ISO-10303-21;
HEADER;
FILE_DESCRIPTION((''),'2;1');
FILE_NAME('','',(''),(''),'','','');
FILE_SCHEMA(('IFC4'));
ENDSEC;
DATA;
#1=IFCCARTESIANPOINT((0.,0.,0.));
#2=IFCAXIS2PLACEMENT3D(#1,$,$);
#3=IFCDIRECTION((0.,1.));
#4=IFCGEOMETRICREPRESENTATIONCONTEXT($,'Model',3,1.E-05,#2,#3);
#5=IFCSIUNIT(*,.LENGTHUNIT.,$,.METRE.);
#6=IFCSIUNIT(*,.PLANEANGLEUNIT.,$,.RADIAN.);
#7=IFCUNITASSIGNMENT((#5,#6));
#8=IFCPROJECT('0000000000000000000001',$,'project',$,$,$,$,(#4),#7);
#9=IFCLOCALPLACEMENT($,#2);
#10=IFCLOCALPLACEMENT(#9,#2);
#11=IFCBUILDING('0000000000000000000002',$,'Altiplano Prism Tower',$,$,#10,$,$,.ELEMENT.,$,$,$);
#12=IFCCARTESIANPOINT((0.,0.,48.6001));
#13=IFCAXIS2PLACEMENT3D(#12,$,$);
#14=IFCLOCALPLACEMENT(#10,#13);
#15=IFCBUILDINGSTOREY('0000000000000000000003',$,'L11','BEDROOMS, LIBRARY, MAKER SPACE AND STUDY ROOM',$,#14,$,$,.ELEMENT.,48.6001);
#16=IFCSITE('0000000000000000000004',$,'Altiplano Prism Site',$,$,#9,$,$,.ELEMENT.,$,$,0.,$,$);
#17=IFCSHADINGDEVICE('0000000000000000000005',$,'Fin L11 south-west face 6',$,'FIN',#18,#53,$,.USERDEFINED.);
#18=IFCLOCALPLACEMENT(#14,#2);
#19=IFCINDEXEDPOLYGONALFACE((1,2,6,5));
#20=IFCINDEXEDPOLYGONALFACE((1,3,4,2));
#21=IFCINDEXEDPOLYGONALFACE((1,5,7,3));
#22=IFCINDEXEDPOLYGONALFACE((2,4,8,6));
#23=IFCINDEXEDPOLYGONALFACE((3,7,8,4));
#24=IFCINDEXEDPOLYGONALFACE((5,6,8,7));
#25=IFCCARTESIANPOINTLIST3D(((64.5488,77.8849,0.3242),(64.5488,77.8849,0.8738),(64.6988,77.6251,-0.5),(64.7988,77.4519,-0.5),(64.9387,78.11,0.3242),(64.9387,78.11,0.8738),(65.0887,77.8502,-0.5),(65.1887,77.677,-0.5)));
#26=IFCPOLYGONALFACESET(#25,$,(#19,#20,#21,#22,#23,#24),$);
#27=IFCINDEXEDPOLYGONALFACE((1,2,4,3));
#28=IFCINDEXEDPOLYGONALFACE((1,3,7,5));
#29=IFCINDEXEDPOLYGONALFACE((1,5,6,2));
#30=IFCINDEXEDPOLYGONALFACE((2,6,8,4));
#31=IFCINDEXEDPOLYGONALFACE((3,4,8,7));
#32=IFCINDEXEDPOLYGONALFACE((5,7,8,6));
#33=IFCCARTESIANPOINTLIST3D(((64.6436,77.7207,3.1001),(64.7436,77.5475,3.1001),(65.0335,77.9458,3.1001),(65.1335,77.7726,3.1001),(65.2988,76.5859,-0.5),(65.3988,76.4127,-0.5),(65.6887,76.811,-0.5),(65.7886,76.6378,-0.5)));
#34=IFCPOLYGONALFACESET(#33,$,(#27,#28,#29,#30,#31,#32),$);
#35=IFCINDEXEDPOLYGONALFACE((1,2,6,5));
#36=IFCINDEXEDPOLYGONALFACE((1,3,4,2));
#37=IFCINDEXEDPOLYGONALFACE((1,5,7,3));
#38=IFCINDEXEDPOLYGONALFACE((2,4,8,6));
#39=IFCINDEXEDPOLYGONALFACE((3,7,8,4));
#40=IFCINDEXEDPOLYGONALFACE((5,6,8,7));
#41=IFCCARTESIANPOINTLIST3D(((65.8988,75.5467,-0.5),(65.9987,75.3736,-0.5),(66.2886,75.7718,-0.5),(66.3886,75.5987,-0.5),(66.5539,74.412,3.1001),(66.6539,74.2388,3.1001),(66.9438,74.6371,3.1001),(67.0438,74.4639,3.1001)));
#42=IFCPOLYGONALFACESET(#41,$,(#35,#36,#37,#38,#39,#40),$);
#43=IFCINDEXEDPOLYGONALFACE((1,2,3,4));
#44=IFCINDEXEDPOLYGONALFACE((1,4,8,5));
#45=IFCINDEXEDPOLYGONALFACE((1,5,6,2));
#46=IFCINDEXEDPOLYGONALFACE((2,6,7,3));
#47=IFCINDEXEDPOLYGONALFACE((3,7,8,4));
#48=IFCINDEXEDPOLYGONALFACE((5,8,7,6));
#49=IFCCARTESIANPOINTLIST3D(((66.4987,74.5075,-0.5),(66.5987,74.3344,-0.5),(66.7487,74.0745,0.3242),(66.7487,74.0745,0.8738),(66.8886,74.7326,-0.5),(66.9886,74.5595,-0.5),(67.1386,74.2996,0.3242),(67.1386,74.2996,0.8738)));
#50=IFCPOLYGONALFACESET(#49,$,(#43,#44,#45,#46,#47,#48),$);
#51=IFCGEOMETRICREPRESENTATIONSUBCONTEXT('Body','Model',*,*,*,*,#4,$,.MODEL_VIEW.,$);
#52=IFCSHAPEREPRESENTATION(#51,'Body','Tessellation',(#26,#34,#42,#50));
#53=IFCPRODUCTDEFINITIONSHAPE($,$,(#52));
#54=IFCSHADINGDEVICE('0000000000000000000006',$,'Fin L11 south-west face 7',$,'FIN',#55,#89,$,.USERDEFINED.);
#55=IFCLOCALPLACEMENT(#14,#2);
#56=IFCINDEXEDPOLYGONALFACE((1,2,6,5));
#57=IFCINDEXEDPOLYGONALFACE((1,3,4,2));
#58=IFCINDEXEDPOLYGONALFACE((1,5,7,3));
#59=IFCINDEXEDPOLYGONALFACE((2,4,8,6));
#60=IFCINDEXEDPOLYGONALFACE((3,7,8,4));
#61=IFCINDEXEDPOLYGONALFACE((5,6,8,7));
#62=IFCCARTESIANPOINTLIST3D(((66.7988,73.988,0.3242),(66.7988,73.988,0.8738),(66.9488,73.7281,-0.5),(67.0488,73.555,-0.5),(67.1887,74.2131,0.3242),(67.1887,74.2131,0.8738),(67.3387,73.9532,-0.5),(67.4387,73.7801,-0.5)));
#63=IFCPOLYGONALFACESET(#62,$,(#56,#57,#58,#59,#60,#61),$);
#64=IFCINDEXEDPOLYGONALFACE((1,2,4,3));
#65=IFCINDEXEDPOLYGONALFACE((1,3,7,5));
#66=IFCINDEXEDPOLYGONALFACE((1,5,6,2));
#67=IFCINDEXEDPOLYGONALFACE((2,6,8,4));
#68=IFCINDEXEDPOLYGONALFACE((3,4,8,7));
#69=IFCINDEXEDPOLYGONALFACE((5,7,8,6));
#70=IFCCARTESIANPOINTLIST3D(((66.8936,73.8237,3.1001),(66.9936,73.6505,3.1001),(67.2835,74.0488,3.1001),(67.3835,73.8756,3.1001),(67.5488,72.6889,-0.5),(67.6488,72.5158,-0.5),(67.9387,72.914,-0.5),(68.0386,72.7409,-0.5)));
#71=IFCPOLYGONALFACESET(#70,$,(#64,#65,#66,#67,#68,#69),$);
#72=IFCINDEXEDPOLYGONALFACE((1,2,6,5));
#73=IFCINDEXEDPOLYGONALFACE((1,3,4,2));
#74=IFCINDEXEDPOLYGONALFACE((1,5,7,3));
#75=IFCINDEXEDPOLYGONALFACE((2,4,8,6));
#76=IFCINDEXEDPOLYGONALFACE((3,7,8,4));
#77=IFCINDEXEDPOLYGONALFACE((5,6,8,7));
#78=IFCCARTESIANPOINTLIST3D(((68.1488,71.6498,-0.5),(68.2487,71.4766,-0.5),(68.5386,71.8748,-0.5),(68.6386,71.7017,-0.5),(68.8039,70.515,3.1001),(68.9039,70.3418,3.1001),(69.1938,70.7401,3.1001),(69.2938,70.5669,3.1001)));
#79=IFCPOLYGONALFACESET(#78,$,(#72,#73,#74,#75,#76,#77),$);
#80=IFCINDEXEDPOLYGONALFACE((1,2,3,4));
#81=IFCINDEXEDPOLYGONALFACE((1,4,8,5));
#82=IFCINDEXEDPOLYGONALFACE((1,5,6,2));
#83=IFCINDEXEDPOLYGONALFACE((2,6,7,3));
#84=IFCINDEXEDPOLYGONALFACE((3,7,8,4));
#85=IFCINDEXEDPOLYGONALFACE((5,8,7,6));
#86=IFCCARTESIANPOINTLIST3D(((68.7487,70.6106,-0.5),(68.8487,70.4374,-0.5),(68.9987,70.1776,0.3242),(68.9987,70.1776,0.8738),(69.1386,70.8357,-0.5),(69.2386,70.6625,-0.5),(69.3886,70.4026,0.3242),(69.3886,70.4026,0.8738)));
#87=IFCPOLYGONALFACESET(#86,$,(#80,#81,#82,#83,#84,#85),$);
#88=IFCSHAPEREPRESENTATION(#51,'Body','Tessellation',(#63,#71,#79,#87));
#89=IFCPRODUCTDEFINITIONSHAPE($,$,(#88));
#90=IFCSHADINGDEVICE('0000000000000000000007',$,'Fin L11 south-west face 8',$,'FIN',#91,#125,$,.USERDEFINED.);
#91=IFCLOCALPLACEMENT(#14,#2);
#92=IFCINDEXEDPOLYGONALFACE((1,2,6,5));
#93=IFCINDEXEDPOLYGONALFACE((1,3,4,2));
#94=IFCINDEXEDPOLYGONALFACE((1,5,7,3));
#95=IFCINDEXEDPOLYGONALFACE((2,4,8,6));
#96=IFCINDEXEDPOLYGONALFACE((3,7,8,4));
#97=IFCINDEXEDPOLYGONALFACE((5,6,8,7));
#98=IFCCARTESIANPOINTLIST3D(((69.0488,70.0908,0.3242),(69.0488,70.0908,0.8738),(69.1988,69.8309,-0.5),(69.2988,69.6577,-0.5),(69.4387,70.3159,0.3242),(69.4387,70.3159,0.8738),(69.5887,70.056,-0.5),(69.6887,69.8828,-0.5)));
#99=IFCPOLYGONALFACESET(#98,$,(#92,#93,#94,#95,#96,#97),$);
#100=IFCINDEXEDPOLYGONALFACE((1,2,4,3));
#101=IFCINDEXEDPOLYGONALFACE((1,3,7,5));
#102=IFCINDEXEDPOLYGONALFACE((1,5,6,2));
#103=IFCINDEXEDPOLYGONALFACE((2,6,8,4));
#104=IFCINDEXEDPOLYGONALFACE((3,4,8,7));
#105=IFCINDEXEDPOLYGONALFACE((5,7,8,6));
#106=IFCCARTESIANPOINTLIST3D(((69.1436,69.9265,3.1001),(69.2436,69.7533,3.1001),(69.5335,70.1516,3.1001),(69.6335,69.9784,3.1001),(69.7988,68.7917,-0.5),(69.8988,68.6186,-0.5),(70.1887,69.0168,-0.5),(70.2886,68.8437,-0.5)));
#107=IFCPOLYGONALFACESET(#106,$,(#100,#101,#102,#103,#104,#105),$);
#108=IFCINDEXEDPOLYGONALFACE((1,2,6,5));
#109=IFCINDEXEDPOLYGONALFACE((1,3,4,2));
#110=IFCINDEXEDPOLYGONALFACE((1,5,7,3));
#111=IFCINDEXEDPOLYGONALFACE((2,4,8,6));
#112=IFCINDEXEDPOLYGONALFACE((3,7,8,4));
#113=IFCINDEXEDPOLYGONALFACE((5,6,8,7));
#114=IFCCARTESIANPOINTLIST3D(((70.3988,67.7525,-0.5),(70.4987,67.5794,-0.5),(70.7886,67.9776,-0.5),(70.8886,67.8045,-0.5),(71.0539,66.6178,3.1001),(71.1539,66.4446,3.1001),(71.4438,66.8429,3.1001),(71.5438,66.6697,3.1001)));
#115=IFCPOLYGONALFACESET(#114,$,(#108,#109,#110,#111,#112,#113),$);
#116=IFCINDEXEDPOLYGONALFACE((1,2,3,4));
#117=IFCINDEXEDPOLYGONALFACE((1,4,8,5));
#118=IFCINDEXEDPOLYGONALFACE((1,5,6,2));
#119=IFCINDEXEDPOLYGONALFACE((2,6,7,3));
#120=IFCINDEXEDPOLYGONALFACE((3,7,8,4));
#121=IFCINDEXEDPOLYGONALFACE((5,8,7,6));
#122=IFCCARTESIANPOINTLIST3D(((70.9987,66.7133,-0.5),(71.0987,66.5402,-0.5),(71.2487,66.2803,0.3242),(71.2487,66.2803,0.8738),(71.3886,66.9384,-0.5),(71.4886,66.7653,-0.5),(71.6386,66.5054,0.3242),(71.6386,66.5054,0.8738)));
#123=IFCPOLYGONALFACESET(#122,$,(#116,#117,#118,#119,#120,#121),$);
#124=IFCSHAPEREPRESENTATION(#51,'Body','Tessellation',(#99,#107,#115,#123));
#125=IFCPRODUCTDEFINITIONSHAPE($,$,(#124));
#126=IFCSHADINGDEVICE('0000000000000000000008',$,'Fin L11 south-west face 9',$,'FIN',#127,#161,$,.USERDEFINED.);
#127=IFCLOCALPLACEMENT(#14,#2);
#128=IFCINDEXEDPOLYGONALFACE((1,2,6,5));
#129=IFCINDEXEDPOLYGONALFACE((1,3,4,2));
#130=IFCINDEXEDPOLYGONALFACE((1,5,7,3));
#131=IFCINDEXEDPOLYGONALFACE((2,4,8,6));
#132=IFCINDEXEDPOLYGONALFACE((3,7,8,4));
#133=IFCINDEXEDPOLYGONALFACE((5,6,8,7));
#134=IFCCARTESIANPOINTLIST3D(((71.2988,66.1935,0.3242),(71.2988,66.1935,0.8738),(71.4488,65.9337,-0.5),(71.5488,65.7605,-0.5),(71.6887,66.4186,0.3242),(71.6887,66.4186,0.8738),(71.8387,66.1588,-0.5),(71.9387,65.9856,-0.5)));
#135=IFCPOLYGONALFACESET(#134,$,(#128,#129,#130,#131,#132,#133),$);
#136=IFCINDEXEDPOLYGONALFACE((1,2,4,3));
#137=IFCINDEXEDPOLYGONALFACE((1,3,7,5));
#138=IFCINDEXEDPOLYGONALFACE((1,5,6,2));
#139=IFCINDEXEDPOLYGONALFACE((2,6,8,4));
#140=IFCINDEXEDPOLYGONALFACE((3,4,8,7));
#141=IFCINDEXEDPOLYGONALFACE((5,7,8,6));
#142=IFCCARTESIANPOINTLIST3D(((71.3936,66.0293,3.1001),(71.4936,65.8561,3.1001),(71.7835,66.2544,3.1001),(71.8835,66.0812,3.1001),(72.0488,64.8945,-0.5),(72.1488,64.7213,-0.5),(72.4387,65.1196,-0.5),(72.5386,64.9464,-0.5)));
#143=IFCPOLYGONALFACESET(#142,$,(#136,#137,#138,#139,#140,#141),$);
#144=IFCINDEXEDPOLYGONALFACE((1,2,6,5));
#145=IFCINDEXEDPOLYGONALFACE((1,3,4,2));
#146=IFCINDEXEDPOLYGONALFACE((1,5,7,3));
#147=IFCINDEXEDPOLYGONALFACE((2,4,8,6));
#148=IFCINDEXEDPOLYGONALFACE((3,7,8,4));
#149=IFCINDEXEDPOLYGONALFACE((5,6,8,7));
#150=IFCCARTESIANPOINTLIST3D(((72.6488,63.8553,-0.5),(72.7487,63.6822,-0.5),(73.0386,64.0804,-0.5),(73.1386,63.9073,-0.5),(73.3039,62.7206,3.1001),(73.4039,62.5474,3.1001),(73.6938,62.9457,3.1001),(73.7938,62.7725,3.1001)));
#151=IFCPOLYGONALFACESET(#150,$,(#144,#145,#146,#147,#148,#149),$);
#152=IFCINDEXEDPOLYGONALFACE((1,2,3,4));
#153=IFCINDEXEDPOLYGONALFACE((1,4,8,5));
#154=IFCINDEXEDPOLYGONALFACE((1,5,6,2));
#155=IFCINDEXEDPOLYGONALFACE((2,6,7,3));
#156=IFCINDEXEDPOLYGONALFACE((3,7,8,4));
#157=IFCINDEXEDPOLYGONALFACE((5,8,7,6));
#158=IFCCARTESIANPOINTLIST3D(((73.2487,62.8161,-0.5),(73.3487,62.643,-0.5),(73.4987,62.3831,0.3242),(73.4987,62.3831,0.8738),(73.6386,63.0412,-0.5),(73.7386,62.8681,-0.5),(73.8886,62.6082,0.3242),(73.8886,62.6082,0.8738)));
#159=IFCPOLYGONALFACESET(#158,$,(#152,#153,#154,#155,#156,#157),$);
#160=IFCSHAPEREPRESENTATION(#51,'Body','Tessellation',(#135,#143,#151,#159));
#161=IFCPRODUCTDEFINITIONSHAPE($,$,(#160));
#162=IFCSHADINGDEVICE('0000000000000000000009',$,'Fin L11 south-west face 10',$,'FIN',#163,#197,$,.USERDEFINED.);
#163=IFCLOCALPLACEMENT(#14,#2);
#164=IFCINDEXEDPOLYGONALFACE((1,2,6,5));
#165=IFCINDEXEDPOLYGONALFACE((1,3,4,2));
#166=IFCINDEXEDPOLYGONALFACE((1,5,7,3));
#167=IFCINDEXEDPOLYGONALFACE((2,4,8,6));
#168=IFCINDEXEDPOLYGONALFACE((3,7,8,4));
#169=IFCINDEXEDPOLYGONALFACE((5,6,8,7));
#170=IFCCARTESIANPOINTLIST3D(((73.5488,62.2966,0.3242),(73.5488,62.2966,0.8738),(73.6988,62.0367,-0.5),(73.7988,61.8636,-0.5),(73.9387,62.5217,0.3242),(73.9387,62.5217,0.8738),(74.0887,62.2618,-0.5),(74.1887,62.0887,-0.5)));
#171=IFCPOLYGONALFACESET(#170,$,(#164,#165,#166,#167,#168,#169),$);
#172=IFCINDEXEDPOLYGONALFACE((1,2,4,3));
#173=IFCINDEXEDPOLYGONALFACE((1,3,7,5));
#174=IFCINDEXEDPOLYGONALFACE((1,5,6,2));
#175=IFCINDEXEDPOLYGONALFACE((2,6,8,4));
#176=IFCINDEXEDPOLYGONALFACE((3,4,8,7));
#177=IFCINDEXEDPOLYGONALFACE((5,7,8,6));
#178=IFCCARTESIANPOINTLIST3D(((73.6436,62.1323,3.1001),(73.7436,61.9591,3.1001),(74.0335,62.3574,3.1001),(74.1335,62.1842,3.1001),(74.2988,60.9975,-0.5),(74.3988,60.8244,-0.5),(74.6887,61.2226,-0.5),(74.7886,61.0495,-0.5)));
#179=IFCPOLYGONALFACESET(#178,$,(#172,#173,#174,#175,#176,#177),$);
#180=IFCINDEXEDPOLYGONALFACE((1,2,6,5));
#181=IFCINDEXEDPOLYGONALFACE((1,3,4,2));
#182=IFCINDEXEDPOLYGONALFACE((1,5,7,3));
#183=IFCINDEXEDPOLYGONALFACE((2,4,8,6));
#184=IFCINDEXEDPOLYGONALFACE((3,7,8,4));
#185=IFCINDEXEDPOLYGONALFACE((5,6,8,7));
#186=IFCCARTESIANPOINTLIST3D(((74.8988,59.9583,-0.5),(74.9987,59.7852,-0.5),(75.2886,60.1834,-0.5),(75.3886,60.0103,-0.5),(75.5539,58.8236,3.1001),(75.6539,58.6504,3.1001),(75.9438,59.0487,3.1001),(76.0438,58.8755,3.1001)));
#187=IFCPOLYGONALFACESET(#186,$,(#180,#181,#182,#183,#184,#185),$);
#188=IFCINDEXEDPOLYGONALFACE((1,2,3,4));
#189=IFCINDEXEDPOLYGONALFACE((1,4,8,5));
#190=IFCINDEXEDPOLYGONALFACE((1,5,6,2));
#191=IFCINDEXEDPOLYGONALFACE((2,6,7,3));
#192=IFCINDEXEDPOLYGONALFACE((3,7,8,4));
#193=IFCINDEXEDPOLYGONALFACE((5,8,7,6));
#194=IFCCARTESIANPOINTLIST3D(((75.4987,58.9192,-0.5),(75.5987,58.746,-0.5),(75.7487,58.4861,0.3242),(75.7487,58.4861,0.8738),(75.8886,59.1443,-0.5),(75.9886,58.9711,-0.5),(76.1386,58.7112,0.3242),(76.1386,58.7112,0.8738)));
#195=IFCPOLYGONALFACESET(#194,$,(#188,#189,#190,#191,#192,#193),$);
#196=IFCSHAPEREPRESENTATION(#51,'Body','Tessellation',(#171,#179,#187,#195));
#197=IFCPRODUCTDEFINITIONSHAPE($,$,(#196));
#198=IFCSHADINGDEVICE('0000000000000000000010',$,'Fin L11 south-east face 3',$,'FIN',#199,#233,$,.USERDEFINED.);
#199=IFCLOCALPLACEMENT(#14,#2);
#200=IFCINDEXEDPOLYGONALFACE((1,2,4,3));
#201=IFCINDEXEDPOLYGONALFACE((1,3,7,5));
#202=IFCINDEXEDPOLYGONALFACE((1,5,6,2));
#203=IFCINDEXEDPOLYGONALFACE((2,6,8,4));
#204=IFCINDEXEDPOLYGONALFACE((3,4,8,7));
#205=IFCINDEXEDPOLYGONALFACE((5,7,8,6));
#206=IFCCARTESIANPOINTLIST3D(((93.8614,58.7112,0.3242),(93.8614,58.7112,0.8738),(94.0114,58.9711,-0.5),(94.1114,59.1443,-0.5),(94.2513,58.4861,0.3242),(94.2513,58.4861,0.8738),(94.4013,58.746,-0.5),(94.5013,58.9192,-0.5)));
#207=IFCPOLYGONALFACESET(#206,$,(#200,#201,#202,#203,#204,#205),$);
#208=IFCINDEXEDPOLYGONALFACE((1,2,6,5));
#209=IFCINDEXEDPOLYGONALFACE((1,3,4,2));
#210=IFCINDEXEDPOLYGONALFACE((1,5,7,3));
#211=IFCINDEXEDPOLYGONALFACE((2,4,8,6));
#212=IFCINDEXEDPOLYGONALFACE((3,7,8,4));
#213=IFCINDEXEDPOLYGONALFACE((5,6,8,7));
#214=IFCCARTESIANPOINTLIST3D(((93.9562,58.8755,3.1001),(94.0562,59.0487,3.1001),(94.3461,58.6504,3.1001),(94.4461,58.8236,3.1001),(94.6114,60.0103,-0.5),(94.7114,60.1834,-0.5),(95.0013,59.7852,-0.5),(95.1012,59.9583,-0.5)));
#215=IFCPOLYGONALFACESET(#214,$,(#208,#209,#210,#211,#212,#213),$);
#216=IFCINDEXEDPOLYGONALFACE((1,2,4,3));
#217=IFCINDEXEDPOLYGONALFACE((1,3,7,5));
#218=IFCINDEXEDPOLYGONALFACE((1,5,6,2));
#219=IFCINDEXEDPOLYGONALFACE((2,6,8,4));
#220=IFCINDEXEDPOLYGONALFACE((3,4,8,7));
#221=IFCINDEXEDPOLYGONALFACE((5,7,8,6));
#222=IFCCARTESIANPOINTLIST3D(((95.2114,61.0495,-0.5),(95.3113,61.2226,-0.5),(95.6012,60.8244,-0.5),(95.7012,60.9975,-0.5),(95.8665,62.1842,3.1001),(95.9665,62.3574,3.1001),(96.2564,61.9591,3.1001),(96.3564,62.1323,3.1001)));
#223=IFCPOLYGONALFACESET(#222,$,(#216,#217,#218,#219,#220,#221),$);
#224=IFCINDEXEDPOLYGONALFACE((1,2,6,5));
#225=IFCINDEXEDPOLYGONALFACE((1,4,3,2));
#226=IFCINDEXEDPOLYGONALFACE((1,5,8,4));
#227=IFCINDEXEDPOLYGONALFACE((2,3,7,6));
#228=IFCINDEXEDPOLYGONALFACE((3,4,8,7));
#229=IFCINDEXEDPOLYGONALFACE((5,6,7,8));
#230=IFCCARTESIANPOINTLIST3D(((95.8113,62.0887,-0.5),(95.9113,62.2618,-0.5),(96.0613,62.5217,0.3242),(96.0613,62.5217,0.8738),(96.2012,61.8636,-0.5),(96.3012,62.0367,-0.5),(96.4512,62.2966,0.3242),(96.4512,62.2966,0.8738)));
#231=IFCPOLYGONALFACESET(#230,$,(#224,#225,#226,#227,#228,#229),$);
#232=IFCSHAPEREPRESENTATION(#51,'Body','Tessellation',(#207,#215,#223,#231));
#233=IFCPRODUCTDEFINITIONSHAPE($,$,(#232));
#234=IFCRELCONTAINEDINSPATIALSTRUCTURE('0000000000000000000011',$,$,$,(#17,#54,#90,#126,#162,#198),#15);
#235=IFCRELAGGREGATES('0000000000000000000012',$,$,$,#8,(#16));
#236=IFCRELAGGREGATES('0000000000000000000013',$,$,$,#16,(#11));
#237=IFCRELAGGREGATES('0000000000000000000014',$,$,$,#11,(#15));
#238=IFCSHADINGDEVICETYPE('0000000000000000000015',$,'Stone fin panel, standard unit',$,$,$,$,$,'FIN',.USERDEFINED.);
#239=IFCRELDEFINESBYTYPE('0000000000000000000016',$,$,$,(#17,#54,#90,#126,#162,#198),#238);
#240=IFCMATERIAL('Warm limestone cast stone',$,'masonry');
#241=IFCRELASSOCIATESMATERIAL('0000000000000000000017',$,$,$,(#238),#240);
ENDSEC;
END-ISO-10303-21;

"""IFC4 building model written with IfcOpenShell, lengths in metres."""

from ifc_helpers import new_model, si_unit, direction, frame, origin, place, context, subcontext, project, spatial, polyline, outline, extrude, source, transform, mapped, material, type_object, element, save


model = new_model("IFC4")

# Units and contexts
model_context = context("Model", 3, precision=1e-05, world=origin(), true_north=direction((0.0, 1.0)))
body_context = subcontext(model_context, "Body", "Model", "MODEL_VIEW")
ifc_project = project(units=[si_unit("LENGTHUNIT", "METRE"), si_unit("PLANEANGLEUNIT", "RADIAN")], contexts=[model_context])

# Site, building, storey
site_placement = place(None, origin())
site = spatial("IfcSite", under=ifc_project, at=site_placement, Name="Altiplano Prism Site", CompositionType="ELEMENT", RefElevation=0.0)
building_placement = place(site_placement, origin())
building = spatial("IfcBuilding", under=site, at=building_placement, Name="Altiplano Prism Tower", CompositionType="ELEMENT")
storey_placement = place(building_placement, frame((0.0, 0.0, 48.6001)))
storey = spatial("IfcBuildingStorey", under=building, at=storey_placement, Name="L11", Description="BEDROOMS, LIBRARY, MAKER SPACE AND STUDY ROOM", CompositionType="ELEMENT", Elevation=48.6001)

# Shading devices
ifc_material_1 = material(Name="Warm limestone cast stone", Category="masonry")
shading_device_type_1 = type_object("IfcShadingDeviceType", Name="Stone fin panel, standard unit", ElementType="FIN", PredefinedType="USERDEFINED", material=ifc_material_1)
shared_shape_1 = source(origin(), body_context, "Body", "SweptSolid", [
    extrude(outline(polyline([(-2.2, 1.3738), (-2.2, 0.8242), (-1.8999, 0.0), (-1.7, 0.0), (-2.2, 1.3738)])), frame((0.0, -0.1499, 0.0), z_axis=(0.0, -1.0, 0.0), x_axis=(1.0, 0.0, 0.0)), (0.0, 0.0, 1.0), 0.4502),
    extrude(outline(polyline([(-2.0103, 3.6001), (-0.7, 0.0), (-0.5, 0.0), (-1.8103, 3.6001), (-2.0103, 3.6001)])), frame((0.0, -0.1499, 0.0), z_axis=(0.0, -1.0, 0.0), x_axis=(1.0, 0.0, 0.0)), (0.0, 0.0, 1.0), 0.4502),
    extrude(outline(polyline([(1.8103, 3.6001), (0.5, 0.0), (0.7, 0.0), (2.0103, 3.6001), (1.8103, 3.6001)])), frame((0.0, -0.1499, 0.0), z_axis=(0.0, -1.0, 0.0), x_axis=(1.0, 0.0, 0.0)), (0.0, 0.0, 1.0), 0.4502),
    extrude(outline(polyline([(2.2, 0.8242), (2.2, 1.3738), (1.7, 0.0), (1.8999, 0.0), (2.2, 0.8242)])), frame((0.0, -0.1499, 0.0), z_axis=(0.0, -1.0, 0.0), x_axis=(1.0, 0.0, 0.0)), (0.0, 0.0, 1.0), 0.4502),
])
shading_device_1_placement = place(storey_placement, origin())
element("IfcShadingDevice", 1, at=shading_device_1_placement, inside=storey, type_object=shading_device_type_1, Name="Fin L11 south-west face 6", ObjectType="FIN", PredefinedType="USERDEFINED", context=body_context, shape_type="MappedRepresentation", body=[
    mapped(shared_shape_1, transform((66.1685, 76.2798, -0.5), x_axis=(0.5, -0.866025, 0.0), y_axis=(0.866025, 0.5, 0.0), z_axis=(0.0, 0.0, 1.0))),
])
shading_device_2_placement = place(storey_placement, origin())
element("IfcShadingDevice", 2, at=shading_device_2_placement, inside=storey, type_object=shading_device_type_1, Name="Fin L11 south-west face 7", ObjectType="FIN", PredefinedType="USERDEFINED", context=body_context, shape_type="MappedRepresentation", body=[
    mapped(shared_shape_1, transform((68.4185, 72.3828, -0.5), x_axis=(0.5, -0.866025, 0.0), y_axis=(0.866025, 0.5, 0.0), z_axis=(0.0, 0.0, 1.0))),
])
shading_device_3_placement = place(storey_placement, origin())
element("IfcShadingDevice", 3, at=shading_device_3_placement, inside=storey, type_object=shading_device_type_1, Name="Fin L11 south-west face 8", ObjectType="FIN", PredefinedType="USERDEFINED", context=body_context, shape_type="MappedRepresentation", body=[
    mapped(shared_shape_1, transform((70.6685, 68.4856, -0.5), x_axis=(0.5, -0.866025, 0.0), y_axis=(0.866025, 0.5, 0.0), z_axis=(0.0, 0.0, 1.0))),
])
shading_device_4_placement = place(storey_placement, origin())
element("IfcShadingDevice", 4, at=shading_device_4_placement, inside=storey, type_object=shading_device_type_1, Name="Fin L11 south-west face 9", ObjectType="FIN", PredefinedType="USERDEFINED", context=body_context, shape_type="MappedRepresentation", body=[
    mapped(shared_shape_1, transform((72.9185, 64.5884, -0.5), x_axis=(0.5, -0.866025, 0.0), y_axis=(0.866025, 0.5, 0.0), z_axis=(0.0, 0.0, 1.0))),
])
shading_device_5_placement = place(storey_placement, origin())
element("IfcShadingDevice", 5, at=shading_device_5_placement, inside=storey, type_object=shading_device_type_1, Name="Fin L11 south-west face 10", ObjectType="FIN", PredefinedType="USERDEFINED", context=body_context, shape_type="MappedRepresentation", body=[
    mapped(shared_shape_1, transform((75.1685, 60.6914, -0.5), x_axis=(0.5, -0.866025, 0.0), y_axis=(0.866025, 0.5, 0.0), z_axis=(0.0, 0.0, 1.0))),
])
shading_device_6_placement = place(storey_placement, origin())
element("IfcShadingDevice", 6, at=shading_device_6_placement, inside=storey, type_object=shading_device_type_1, Name="Fin L11 south-east face 3", ObjectType="FIN", PredefinedType="USERDEFINED", context=body_context, shape_type="MappedRepresentation", body=[
    mapped(shared_shape_1, transform((94.8315, 60.6914, -0.5), x_axis=(0.5, 0.866025, 0.0), y_axis=(-0.866025, 0.5, 0.0), z_axis=(0.0, 0.0, 1.0))),
])

save(model, "model.ifc")
